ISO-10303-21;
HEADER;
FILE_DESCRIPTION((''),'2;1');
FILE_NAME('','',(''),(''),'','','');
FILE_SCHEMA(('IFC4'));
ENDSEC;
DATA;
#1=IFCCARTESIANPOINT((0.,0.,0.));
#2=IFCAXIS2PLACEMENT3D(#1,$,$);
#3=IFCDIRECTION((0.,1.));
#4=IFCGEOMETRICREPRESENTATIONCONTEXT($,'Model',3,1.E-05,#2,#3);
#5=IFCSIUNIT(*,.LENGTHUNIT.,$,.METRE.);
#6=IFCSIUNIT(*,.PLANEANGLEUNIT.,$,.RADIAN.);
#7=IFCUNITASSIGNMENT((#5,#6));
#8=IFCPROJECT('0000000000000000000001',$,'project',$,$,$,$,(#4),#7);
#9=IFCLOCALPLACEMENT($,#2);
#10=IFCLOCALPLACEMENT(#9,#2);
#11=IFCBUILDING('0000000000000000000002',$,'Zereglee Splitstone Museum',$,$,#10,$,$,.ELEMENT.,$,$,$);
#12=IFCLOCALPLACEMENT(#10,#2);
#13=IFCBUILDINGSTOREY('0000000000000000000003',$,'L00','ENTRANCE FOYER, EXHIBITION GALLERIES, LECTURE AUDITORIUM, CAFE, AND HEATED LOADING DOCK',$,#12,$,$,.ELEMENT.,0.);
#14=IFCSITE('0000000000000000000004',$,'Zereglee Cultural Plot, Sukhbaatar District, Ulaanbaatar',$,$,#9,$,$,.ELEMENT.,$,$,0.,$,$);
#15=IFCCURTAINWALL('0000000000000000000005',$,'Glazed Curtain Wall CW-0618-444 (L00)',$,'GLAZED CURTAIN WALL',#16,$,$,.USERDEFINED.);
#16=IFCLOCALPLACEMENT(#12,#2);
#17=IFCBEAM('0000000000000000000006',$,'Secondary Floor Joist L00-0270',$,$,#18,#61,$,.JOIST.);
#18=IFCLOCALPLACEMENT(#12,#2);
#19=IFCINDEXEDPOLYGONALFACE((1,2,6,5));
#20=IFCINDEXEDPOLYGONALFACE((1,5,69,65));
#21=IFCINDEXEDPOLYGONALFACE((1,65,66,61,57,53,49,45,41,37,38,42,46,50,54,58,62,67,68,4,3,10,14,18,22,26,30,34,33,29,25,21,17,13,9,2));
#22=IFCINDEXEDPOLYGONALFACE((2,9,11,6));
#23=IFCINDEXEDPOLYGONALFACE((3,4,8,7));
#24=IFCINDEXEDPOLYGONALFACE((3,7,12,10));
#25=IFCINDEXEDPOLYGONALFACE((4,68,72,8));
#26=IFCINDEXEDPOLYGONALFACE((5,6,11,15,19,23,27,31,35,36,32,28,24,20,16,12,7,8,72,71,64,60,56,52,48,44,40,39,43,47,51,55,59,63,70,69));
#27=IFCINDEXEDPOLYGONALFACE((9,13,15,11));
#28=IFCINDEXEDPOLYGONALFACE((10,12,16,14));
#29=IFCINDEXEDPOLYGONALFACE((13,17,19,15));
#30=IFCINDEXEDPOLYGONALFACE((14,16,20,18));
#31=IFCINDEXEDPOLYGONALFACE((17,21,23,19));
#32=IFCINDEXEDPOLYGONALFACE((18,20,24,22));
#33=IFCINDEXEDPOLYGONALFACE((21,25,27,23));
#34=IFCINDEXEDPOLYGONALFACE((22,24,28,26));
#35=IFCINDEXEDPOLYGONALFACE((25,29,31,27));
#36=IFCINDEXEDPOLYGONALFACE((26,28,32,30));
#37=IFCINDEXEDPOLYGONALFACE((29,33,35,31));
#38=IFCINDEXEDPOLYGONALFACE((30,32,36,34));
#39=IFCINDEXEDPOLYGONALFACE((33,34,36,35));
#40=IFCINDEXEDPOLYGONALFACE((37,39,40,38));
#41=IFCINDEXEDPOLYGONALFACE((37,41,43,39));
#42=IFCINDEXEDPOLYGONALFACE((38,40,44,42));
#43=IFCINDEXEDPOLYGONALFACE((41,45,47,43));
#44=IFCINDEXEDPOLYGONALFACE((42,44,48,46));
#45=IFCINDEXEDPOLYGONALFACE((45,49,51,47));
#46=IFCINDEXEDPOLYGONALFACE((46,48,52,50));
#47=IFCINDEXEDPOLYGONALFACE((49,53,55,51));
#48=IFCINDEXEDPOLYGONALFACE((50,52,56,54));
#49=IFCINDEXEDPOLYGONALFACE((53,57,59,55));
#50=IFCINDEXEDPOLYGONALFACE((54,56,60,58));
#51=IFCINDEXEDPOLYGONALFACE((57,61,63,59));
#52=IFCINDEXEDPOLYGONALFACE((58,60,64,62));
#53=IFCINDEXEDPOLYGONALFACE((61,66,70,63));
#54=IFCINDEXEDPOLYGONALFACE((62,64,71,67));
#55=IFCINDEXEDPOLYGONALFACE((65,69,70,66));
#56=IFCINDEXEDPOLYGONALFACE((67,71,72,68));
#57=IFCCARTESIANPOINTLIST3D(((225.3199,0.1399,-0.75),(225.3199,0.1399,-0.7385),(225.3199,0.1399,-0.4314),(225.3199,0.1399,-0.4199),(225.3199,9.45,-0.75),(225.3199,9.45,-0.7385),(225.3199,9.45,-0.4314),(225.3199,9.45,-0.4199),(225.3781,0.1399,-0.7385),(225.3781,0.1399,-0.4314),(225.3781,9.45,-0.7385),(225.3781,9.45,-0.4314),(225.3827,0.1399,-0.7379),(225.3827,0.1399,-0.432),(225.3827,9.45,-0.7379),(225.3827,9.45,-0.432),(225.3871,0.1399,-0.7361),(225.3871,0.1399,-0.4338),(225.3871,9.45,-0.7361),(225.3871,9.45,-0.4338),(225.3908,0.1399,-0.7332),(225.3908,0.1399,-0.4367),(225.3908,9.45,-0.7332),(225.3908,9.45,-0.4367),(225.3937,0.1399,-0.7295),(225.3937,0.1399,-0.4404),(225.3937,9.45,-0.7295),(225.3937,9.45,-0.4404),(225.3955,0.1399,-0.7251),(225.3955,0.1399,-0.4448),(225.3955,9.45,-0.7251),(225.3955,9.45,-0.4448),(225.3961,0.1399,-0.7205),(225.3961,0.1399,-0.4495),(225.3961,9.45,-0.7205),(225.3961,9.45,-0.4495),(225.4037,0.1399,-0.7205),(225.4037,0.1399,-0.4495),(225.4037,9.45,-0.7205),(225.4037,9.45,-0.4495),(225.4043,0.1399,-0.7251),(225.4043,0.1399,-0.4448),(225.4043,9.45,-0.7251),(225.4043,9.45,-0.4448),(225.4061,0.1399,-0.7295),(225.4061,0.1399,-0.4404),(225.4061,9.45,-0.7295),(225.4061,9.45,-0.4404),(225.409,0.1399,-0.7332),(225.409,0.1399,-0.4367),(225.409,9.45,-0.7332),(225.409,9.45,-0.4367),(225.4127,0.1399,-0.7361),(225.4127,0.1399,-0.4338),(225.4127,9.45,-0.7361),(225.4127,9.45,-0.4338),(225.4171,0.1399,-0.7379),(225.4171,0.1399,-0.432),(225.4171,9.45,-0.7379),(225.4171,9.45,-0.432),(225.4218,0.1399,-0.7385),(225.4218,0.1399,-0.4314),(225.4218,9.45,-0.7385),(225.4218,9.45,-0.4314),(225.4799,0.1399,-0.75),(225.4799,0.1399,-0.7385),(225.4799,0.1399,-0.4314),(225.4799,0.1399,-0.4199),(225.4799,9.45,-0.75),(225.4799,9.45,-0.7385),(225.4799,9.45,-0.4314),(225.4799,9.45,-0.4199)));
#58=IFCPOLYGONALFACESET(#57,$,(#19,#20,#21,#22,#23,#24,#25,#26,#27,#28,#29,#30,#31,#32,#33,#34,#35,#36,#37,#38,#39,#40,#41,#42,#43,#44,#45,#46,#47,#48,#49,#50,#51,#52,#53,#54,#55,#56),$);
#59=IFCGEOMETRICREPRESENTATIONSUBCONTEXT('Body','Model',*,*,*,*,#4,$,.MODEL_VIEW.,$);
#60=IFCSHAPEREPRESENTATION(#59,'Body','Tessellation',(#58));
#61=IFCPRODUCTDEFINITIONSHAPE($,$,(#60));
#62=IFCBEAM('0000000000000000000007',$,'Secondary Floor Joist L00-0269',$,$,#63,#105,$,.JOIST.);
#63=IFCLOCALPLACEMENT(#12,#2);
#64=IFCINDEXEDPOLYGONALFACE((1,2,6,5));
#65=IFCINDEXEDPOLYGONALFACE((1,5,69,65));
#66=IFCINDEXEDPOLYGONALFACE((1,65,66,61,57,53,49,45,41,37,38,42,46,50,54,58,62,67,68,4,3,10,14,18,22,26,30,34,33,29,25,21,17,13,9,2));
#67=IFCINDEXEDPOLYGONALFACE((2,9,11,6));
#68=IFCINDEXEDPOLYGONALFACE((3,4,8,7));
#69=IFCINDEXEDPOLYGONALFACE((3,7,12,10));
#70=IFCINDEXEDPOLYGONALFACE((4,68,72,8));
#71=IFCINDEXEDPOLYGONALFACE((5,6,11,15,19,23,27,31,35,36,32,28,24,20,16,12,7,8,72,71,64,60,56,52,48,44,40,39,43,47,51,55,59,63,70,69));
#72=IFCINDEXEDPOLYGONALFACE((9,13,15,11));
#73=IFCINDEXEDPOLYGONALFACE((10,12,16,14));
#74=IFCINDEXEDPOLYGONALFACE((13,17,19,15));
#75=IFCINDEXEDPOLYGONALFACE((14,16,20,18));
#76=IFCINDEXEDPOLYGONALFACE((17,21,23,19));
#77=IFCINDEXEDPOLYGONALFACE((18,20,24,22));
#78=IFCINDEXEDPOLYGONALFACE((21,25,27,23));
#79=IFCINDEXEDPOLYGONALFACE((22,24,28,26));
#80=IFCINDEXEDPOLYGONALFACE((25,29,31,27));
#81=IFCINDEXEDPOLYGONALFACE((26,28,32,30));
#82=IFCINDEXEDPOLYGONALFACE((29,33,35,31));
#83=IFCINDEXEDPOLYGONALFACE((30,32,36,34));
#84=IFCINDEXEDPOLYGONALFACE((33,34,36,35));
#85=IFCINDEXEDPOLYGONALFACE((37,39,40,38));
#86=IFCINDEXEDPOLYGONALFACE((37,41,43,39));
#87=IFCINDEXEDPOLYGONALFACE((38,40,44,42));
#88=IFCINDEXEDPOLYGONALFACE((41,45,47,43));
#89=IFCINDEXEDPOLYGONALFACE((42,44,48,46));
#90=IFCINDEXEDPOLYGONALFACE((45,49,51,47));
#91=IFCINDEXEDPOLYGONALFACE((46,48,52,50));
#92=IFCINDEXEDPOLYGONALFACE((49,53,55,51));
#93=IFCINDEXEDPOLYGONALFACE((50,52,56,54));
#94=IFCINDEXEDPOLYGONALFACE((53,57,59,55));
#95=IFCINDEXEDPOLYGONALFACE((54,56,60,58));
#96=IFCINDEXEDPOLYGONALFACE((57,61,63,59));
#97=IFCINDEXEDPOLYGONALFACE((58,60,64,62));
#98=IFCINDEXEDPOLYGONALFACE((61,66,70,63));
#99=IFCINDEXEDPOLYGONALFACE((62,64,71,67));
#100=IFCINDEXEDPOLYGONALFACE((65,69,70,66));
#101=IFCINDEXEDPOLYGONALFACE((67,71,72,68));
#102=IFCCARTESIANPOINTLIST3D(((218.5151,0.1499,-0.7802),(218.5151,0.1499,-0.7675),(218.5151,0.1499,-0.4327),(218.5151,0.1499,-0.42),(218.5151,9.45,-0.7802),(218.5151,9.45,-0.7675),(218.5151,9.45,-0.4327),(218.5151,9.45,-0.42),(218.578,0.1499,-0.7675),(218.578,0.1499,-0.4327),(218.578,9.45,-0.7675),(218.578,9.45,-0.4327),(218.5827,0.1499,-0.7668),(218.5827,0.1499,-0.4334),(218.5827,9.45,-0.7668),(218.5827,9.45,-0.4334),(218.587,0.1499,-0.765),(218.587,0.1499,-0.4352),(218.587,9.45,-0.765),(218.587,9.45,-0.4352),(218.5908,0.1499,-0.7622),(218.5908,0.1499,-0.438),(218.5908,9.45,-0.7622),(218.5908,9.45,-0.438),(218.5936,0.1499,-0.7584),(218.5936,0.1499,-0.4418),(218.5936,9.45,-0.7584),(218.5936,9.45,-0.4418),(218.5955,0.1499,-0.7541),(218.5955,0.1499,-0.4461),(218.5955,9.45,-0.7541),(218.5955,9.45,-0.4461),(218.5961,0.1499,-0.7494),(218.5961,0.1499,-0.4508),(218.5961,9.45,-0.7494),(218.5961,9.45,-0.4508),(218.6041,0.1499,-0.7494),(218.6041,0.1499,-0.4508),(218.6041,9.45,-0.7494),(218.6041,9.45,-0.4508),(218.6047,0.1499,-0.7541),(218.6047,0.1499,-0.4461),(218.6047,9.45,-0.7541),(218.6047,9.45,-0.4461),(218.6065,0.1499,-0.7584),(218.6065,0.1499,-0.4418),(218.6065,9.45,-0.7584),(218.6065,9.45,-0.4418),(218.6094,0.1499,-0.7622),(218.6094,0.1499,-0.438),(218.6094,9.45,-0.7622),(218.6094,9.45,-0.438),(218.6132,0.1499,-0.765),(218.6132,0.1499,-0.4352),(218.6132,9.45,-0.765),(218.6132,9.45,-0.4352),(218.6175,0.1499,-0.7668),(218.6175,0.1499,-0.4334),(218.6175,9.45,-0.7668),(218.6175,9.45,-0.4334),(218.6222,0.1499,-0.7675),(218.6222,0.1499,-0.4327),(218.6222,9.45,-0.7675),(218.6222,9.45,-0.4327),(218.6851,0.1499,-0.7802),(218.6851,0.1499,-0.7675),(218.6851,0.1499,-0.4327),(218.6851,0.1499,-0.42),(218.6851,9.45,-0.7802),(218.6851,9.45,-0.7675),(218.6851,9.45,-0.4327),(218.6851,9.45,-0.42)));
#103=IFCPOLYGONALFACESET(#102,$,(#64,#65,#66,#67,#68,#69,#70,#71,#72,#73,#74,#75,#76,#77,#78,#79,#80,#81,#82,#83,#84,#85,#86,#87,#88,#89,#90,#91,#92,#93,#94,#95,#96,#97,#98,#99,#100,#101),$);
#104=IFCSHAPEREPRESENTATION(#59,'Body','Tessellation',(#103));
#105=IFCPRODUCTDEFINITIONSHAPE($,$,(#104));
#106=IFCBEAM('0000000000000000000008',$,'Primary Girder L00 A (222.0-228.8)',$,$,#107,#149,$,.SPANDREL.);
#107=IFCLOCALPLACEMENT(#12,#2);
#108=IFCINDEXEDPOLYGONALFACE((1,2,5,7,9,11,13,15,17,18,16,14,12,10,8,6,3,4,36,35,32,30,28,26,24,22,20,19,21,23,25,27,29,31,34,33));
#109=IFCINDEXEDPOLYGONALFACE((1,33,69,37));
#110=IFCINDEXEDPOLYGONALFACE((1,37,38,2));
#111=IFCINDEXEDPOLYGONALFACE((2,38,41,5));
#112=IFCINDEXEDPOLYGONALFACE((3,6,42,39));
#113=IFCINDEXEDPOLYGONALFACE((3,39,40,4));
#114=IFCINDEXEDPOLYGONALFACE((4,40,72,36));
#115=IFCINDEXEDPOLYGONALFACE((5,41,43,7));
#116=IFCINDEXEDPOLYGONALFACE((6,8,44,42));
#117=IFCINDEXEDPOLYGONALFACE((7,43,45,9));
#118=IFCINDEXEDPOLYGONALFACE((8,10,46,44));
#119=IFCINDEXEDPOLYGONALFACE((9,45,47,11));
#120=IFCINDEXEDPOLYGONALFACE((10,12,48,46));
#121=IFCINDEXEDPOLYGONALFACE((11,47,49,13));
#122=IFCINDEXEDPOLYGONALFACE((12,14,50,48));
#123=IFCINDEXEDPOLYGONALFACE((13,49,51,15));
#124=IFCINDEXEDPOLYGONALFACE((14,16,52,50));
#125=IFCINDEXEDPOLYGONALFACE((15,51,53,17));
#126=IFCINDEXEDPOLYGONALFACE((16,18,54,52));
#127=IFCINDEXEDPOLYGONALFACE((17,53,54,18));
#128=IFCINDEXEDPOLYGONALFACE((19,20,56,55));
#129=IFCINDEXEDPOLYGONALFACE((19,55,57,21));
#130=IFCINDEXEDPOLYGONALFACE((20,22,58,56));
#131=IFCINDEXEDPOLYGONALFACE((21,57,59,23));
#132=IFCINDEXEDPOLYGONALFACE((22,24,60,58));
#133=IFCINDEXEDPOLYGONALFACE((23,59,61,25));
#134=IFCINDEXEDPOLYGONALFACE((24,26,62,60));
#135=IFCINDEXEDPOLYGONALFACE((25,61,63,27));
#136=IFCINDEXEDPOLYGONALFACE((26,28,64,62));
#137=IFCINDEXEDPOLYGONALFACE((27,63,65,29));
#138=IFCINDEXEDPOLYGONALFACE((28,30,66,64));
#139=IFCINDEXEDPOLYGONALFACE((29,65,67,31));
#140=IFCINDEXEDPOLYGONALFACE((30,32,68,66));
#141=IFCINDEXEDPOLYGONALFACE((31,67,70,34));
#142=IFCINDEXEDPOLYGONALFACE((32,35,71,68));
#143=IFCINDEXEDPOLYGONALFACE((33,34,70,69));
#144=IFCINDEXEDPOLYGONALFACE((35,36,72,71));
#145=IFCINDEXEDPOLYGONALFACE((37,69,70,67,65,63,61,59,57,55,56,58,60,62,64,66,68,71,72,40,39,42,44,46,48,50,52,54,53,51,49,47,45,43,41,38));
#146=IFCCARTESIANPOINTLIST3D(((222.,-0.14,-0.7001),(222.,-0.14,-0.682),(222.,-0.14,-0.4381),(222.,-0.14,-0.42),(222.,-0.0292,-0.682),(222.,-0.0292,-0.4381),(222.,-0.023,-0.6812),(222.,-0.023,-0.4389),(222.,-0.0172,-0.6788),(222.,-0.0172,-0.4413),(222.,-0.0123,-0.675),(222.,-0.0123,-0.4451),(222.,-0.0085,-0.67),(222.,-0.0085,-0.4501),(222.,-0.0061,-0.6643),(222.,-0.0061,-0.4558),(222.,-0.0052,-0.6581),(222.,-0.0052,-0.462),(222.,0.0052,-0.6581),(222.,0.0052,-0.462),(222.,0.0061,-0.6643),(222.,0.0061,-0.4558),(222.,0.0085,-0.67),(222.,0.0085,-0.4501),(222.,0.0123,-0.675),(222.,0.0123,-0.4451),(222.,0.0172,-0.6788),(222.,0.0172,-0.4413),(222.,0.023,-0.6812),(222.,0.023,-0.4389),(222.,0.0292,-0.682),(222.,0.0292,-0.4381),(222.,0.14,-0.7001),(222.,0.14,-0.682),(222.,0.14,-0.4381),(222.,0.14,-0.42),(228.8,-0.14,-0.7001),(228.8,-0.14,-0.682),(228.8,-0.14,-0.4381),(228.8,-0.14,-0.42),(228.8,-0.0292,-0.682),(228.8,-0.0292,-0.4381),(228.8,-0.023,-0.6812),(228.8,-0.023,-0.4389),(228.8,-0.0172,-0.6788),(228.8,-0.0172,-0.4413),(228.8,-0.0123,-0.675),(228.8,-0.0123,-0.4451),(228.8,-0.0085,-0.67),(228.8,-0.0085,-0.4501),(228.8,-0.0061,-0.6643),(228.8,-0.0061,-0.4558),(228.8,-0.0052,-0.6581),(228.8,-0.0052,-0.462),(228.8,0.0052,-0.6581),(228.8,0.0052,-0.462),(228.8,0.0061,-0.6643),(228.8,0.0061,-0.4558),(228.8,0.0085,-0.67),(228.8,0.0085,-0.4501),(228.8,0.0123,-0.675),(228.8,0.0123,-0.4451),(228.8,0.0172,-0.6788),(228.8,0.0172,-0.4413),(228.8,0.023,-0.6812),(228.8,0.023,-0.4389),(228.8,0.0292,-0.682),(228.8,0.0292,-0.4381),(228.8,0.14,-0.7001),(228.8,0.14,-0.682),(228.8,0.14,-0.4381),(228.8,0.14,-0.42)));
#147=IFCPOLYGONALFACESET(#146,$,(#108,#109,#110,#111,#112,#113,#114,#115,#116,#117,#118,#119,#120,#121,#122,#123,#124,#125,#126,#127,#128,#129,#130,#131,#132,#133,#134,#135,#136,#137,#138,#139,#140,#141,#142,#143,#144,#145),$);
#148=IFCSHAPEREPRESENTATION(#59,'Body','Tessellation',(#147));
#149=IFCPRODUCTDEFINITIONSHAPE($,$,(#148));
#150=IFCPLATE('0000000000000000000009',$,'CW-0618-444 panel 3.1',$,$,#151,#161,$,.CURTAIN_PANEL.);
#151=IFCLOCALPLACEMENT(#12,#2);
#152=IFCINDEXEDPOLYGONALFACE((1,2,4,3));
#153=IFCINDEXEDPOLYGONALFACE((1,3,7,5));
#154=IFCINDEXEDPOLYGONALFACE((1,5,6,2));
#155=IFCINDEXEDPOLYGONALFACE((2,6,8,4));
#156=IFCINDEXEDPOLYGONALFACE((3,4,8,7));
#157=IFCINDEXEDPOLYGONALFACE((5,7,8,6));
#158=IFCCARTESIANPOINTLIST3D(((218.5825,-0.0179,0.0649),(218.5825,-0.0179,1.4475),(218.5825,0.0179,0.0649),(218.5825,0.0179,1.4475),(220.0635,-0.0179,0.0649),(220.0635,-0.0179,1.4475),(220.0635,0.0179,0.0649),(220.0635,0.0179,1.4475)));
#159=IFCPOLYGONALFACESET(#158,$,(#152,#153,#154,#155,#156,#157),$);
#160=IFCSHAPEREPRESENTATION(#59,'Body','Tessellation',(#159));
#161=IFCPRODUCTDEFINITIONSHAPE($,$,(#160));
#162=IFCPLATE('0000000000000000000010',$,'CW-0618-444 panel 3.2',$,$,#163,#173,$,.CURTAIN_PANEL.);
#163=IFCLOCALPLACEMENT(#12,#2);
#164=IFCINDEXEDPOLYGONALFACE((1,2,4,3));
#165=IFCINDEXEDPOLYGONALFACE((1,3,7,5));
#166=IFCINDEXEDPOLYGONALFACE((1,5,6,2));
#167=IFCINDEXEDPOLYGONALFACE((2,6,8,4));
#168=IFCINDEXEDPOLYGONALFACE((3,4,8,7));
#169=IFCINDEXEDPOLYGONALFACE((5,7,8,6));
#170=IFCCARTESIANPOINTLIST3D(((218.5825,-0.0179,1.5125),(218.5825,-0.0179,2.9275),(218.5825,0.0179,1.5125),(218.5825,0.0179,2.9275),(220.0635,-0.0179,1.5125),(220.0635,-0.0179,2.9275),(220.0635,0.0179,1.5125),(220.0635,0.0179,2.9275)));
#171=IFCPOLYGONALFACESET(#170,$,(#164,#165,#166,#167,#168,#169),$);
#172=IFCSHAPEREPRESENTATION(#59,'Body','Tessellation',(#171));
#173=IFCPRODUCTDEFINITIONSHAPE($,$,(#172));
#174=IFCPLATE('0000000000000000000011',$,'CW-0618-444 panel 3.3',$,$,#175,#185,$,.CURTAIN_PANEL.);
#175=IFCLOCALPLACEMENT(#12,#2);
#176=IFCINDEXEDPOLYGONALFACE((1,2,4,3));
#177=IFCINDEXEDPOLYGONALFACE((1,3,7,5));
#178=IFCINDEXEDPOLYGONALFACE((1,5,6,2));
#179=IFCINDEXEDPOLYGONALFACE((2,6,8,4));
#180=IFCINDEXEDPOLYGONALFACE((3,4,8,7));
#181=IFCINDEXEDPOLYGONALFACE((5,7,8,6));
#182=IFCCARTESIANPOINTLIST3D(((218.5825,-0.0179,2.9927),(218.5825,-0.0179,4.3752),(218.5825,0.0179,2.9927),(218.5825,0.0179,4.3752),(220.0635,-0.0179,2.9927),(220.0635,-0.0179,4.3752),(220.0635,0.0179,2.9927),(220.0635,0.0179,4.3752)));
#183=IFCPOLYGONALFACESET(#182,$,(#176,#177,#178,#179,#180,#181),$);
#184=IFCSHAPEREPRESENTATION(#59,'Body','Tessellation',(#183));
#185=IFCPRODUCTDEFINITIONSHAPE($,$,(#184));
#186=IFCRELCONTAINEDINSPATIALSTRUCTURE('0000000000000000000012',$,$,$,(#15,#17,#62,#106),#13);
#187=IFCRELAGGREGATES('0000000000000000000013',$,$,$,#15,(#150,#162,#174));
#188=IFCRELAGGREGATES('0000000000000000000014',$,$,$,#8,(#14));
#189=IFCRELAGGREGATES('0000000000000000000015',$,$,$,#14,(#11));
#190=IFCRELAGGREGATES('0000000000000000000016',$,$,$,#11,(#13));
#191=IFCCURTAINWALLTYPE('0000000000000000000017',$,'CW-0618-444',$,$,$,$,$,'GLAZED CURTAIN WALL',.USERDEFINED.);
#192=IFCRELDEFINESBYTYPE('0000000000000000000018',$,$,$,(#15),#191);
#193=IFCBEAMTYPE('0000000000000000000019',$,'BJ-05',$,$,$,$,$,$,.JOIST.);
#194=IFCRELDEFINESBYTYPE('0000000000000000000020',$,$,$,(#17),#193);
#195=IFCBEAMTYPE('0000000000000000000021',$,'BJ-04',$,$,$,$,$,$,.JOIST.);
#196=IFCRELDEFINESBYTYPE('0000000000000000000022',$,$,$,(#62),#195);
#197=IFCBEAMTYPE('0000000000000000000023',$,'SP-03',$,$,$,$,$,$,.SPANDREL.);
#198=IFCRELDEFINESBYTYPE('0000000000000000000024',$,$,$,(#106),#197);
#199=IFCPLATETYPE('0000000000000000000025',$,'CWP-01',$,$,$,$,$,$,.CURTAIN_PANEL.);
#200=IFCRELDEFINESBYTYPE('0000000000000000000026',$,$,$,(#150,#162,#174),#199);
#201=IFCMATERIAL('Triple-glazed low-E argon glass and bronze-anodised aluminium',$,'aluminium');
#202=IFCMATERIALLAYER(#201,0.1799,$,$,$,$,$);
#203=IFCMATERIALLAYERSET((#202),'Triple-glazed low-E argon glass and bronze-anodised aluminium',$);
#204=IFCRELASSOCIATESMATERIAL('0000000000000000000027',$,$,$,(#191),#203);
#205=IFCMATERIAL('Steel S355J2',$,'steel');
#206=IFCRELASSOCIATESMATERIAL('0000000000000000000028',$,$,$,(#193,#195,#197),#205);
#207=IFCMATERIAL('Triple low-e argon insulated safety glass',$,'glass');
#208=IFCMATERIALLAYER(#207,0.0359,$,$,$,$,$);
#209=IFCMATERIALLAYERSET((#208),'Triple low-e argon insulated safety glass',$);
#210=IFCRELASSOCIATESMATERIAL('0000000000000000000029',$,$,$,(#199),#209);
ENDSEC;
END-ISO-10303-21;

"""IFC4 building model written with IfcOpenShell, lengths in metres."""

from ifc_helpers import new_model, si_unit, direction, frame, origin, origin_2d, place, context, subcontext, project, spatial, rectangle, i_section, extrude, material, layer, layer_set, material_profile, profile_set, type_object, element, aggregate, save


model = new_model("IFC4")

# Units and contexts
model_context = context("Model", 3, precision=1e-05, world=origin(), true_north=direction((0.0, 1.0)))
body_context = subcontext(model_context, "Body", "Model", "MODEL_VIEW")
ifc_project = project(units=[si_unit("LENGTHUNIT", "METRE"), si_unit("PLANEANGLEUNIT", "RADIAN")], contexts=[model_context])

# Site, building, storey
site_placement = place(None, origin())
site = spatial("IfcSite", under=ifc_project, at=site_placement, Name="Zereglee Cultural Plot, Sukhbaatar District, Ulaanbaatar", CompositionType="ELEMENT", RefElevation=0.0)
building_placement = place(site_placement, origin())
building = spatial("IfcBuilding", under=site, at=building_placement, Name="Zereglee Splitstone Museum", CompositionType="ELEMENT")
storey_placement = place(building_placement, origin())
storey = spatial("IfcBuildingStorey", under=building, at=storey_placement, Name="L00", Description="ENTRANCE FOYER, EXHIBITION GALLERIES, LECTURE AUDITORIUM, CAFE, AND HEATED LOADING DOCK", CompositionType="ELEMENT", Elevation=0.0)

# Curtain wall
ifc_material_1 = material(Name="Triple-glazed low-E argon glass and bronze-anodised aluminium", Category="aluminium")
ifc_layer_1 = layer(ifc_material_1, 0.1799)
ifc_layer_set_1 = layer_set([ifc_layer_1], Name="Triple-glazed low-E argon glass and bronze-anodised aluminium")
curtain_wall_type_1 = type_object("IfcCurtainWallType", Name="CW-0618-444", ElementType="GLAZED CURTAIN WALL", PredefinedType="USERDEFINED", material=ifc_layer_set_1)
curtain_wall_1_placement = place(storey_placement, origin())
curtain_wall_1 = element("IfcCurtainWall", 1, at=curtain_wall_1_placement, inside=storey, type_object=curtain_wall_type_1, Name="Glazed Curtain Wall CW-0618-444 (L00)", ObjectType="GLAZED CURTAIN WALL", PredefinedType="USERDEFINED")

# Beams
ifc_material_2 = material(Name="Steel S355J2", Category="steel")
ifc_material_profile_1 = material_profile(ifc_material_2, i_section(OverallWidth=0.1599, OverallDepth=0.3301, WebThickness=0.0076, FlangeThickness=0.0115, FilletRadius=0.0181, at=origin_2d()), Name="IPE 330")
ifc_profile_set_1 = profile_set([ifc_material_profile_1], Name="Steel S355J2")
beam_type_1 = type_object("IfcBeamType", Name="BJ-05", PredefinedType="JOIST", material=ifc_profile_set_1)
beam_1_placement = place(storey_placement, frame((225.3999, 0.1399, -0.585), z_axis=(0.0, 1.0, 0.0), x_axis=(-1.0, 0.0, 0.0)))
element("IfcBeam", 2, at=beam_1_placement, inside=storey, type_object=beam_type_1, Name="Secondary Floor Joist L00-0270", PredefinedType="JOIST", context=body_context, shape_type="SweptSolid", body=[
    extrude(i_section(OverallWidth=0.1599, OverallDepth=0.3301, WebThickness=0.0076, FlangeThickness=0.0115, FilletRadius=0.0181, at=origin_2d()), origin(), (0.0, 0.0, 1.0), 9.3101),
])
ifc_material_profile_2 = material_profile(ifc_material_2, i_section(OverallWidth=0.1699, OverallDepth=0.3601, WebThickness=0.0081, FlangeThickness=0.0127, FilletRadius=0.0181, at=origin_2d()), Name="IPE 360")
ifc_profile_set_2 = profile_set([ifc_material_profile_2], Name="Steel S355J2")
beam_type_2 = type_object("IfcBeamType", Name="BJ-04", PredefinedType="JOIST", material=ifc_profile_set_2)
beam_2_placement = place(storey_placement, frame((218.6001, 0.1499, -0.6001), z_axis=(0.0, 1.0, 0.0), x_axis=(-1.0, 0.0, 0.0)))
element("IfcBeam", 3, at=beam_2_placement, inside=storey, type_object=beam_type_2, Name="Secondary Floor Joist L00-0269", PredefinedType="JOIST", context=body_context, shape_type="SweptSolid", body=[
    extrude(i_section(OverallWidth=0.1699, OverallDepth=0.3601, WebThickness=0.0081, FlangeThickness=0.0127, FilletRadius=0.0181, at=origin_2d()), origin(), (0.0, 0.0, 1.0), 9.3),
])
ifc_material_profile_3 = material_profile(ifc_material_2, i_section(OverallWidth=0.28, OverallDepth=0.28, WebThickness=0.0105, FlangeThickness=0.0181, FilletRadius=0.0239, at=origin_2d()), Name="HE 280 B")
ifc_profile_set_3 = profile_set([ifc_material_profile_3], Name="Steel S355J2")
beam_type_3 = type_object("IfcBeamType", Name="SP-03", PredefinedType="SPANDREL", material=ifc_profile_set_3)
beam_3_placement = place(storey_placement, frame((222.0, 0.0, -0.5601), z_axis=(1.0, 0.0, 0.0), x_axis=(0.0, 1.0, 0.0)))
element("IfcBeam", 4, at=beam_3_placement, inside=storey, type_object=beam_type_3, Name="Primary Girder L00 A (222.0-228.8)", PredefinedType="SPANDREL", context=body_context, shape_type="SweptSolid", body=[
    extrude(i_section(OverallWidth=0.28, OverallDepth=0.28, WebThickness=0.0105, FlangeThickness=0.0181, FilletRadius=0.0239, at=origin_2d()), origin(), (0.0, 0.0, 1.0), 6.8),
])

# Plates
ifc_material_3 = material(Name="Triple low-e argon insulated safety glass", Category="glass")
ifc_layer_2 = layer(ifc_material_3, 0.0359)
ifc_layer_set_2 = layer_set([ifc_layer_2], Name="Triple low-e argon insulated safety glass")
plate_type = type_object("IfcPlateType", Name="CWP-01", PredefinedType="CURTAIN_PANEL", material=ifc_layer_set_2)
plate_1_placement = place(storey_placement, frame((219.323, 0.0, 0.0649), z_axis=(0.0, 0.0, 1.0), x_axis=(1.0, 0.0, 0.0)))
plate_1 = element("IfcPlate", 5, at=plate_1_placement, type_object=plate_type, Name="CW-0618-444 panel 3.1", PredefinedType="CURTAIN_PANEL", context=body_context, shape_type="SweptSolid", body=[
    extrude(rectangle(XDim=1.481, YDim=0.0359, at=origin_2d()), origin(), (0.0, 0.0, 1.0), 1.3826),
])
plate_2_placement = place(storey_placement, frame((219.323, 0.0, 1.5125), z_axis=(0.0, 0.0, 1.0), x_axis=(1.0, 0.0, 0.0)))
plate_2 = element("IfcPlate", 6, at=plate_2_placement, type_object=plate_type, Name="CW-0618-444 panel 3.2", PredefinedType="CURTAIN_PANEL", context=body_context, shape_type="SweptSolid", body=[
    extrude(rectangle(XDim=1.481, YDim=0.0359, at=origin_2d()), origin(), (0.0, 0.0, 1.0), 1.415),
])
plate_3_placement = place(storey_placement, frame((219.323, 0.0, 2.9927), z_axis=(0.0, 0.0, 1.0), x_axis=(1.0, 0.0, 0.0)))
plate_3 = element("IfcPlate", 7, at=plate_3_placement, type_object=plate_type, Name="CW-0618-444 panel 3.3", PredefinedType="CURTAIN_PANEL", context=body_context, shape_type="SweptSolid", body=[
    extrude(rectangle(XDim=1.481, YDim=0.0359, at=origin_2d()), origin(), (0.0, 0.0, 1.0), 1.3826),
])
aggregate(curtain_wall_1, [plate_1, plate_2, plate_3])

save(model, "model.ifc")
